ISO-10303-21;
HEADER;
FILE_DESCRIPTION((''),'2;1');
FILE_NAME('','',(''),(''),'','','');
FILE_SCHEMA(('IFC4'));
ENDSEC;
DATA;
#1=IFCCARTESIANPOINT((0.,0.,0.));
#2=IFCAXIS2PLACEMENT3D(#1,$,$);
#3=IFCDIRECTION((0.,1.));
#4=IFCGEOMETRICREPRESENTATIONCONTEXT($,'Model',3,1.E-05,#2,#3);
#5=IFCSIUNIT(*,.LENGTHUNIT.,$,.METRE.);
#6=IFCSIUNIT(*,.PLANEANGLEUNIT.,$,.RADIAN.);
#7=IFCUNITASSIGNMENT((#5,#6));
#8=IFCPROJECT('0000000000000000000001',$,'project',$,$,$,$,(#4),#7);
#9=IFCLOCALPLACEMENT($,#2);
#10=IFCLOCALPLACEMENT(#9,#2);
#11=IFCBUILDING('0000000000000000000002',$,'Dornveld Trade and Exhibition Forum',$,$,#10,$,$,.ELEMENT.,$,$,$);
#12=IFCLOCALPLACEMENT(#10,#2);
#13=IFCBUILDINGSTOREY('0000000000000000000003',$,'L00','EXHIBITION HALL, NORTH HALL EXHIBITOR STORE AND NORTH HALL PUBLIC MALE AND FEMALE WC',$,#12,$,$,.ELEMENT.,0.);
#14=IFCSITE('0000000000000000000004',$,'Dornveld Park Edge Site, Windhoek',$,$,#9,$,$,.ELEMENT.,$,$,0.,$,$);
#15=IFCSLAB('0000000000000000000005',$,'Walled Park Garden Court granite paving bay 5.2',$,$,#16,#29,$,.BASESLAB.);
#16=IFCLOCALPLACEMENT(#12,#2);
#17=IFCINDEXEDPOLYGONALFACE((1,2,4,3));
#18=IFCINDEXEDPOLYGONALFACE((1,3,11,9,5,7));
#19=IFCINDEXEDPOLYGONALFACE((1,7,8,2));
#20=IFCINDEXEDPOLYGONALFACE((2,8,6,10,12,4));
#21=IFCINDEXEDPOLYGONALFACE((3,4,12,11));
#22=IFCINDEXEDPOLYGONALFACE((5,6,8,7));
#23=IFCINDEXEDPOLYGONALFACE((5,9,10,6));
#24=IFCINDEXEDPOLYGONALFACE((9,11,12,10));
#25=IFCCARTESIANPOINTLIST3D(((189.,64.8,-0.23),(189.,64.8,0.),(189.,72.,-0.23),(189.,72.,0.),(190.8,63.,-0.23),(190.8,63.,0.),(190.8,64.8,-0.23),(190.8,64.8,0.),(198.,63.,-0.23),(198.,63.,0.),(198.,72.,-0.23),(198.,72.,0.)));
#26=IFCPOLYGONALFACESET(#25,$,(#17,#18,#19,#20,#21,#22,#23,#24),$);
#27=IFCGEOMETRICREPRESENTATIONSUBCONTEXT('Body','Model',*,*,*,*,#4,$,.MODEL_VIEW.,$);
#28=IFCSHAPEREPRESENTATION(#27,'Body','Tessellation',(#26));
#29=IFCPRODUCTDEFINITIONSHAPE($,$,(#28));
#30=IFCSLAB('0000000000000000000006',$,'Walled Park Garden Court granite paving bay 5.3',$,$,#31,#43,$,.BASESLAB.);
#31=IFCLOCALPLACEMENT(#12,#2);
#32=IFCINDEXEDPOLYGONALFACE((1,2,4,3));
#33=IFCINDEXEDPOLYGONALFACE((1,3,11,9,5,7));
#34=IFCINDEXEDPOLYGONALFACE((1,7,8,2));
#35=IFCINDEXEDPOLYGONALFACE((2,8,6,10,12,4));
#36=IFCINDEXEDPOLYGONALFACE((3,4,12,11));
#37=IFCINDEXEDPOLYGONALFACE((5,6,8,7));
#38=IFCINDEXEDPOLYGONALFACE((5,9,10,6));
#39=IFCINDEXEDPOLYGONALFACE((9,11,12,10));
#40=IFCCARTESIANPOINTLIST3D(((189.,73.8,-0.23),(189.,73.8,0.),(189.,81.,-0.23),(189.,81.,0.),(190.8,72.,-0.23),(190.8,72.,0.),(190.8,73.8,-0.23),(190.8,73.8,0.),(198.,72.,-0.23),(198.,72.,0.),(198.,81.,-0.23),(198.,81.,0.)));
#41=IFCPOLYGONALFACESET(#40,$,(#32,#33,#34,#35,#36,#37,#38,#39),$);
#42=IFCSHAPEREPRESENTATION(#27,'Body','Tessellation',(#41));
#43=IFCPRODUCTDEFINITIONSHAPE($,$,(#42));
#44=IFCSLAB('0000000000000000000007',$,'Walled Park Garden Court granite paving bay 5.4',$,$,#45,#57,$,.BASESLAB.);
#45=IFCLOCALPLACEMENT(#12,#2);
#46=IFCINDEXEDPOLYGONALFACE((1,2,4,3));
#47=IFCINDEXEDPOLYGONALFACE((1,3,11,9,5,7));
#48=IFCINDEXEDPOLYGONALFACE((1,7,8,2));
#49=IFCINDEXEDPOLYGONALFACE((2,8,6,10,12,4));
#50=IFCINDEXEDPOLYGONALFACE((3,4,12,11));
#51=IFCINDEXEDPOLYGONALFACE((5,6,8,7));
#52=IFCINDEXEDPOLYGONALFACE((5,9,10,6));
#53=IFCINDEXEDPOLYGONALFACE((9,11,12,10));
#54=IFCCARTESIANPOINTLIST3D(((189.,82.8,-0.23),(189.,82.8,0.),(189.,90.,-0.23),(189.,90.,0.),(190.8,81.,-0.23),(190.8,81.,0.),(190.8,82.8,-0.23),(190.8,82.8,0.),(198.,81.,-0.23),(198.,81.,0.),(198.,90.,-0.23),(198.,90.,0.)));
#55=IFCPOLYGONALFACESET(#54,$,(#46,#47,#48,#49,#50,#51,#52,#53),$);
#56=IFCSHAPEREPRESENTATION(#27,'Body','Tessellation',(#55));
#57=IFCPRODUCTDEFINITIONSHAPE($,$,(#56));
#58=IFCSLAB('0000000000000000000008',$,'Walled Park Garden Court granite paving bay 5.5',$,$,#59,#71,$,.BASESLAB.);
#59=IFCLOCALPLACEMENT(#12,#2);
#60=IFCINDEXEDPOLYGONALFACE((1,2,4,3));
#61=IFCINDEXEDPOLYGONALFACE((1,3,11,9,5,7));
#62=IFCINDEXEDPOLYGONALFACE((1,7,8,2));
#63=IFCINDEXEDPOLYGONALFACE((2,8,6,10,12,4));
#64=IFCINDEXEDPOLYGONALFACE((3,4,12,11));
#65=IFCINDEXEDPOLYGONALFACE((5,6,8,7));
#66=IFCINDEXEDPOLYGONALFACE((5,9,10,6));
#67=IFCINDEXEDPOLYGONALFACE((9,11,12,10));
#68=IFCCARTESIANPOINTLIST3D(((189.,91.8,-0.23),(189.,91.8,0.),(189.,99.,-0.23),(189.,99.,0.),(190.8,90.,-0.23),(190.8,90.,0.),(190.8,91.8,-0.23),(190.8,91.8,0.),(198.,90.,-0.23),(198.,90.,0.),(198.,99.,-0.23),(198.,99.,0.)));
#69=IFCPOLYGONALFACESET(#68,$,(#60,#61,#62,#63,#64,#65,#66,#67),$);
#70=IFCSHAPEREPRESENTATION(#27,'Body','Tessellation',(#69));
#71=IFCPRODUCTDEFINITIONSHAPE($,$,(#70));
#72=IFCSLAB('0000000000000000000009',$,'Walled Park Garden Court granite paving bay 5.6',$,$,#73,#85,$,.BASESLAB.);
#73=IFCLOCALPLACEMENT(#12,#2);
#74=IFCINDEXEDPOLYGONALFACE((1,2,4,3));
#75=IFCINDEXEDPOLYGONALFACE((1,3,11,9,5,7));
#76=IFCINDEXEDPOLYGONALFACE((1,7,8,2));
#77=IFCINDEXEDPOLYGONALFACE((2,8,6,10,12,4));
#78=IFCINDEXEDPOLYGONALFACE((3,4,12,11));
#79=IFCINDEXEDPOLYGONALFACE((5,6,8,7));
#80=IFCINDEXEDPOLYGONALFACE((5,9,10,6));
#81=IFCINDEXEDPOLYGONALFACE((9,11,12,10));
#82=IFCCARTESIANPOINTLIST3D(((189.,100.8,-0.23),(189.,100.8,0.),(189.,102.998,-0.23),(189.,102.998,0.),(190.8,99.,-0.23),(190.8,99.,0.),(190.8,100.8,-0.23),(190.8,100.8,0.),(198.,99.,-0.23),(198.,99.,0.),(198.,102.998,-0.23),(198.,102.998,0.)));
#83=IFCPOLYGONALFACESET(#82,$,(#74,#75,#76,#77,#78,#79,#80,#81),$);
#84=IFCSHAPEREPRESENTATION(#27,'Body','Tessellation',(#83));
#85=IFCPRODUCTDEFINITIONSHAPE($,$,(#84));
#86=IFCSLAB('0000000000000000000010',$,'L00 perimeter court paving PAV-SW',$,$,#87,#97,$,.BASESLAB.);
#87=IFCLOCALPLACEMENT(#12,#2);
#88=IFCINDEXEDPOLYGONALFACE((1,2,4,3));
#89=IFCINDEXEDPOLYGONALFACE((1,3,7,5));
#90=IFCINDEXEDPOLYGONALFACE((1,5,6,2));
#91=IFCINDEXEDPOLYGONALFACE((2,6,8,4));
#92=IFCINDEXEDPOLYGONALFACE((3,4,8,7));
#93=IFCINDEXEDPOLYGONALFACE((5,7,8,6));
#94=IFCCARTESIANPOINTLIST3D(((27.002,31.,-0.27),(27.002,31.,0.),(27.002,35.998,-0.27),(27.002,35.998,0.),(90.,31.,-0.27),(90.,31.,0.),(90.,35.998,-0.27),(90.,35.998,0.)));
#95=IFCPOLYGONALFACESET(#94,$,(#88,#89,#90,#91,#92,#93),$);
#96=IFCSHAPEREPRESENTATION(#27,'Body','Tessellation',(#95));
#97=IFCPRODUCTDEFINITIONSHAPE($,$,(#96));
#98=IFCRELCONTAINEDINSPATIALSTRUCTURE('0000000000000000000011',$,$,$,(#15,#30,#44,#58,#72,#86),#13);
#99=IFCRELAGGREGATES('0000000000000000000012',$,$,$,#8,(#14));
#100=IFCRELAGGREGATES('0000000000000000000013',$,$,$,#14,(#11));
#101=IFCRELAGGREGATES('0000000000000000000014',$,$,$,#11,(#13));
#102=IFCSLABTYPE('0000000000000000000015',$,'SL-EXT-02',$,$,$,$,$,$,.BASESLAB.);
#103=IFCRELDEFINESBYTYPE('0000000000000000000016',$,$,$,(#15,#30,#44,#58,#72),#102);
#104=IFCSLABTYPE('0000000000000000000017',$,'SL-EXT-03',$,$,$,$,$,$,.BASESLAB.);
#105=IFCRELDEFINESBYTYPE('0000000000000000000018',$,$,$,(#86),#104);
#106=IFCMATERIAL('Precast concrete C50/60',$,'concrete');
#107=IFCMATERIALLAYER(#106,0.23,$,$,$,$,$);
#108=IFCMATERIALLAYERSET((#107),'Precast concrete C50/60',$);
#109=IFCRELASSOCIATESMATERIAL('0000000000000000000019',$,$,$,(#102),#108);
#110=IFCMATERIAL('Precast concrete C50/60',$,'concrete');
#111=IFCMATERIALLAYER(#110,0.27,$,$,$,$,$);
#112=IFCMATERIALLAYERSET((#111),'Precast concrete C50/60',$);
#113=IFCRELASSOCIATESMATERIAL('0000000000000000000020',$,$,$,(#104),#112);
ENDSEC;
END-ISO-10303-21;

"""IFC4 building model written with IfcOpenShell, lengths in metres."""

from ifc_helpers import new_model, si_unit, direction, frame, origin, place, context, subcontext, project, spatial, polyline, outline, extrude, material, layer, layer_set, type_object, element, save


model = new_model("IFC4")

# Units and contexts
model_context = context("Model", 3, precision=1e-05, world=origin(), true_north=direction((0.0, 1.0)))
body_context = subcontext(model_context, "Body", "Model", "MODEL_VIEW")
ifc_project = project(units=[si_unit("LENGTHUNIT", "METRE"), si_unit("PLANEANGLEUNIT", "RADIAN")], contexts=[model_context])

# Site, building, storey
site_placement = place(None, origin())
site = spatial("IfcSite", under=ifc_project, at=site_placement, Name="Dornveld Park Edge Site, Windhoek", CompositionType="ELEMENT", RefElevation=0.0)
building_placement = place(site_placement, origin())
building = spatial("IfcBuilding", under=site, at=building_placement, Name="Dornveld Trade and Exhibition Forum", CompositionType="ELEMENT")
storey_placement = place(building_placement, origin())
storey = spatial("IfcBuildingStorey", under=building, at=storey_placement, Name="L00", Description="EXHIBITION HALL, NORTH HALL EXHIBITOR STORE AND NORTH HALL PUBLIC MALE AND FEMALE WC", CompositionType="ELEMENT", Elevation=0.0)

# Slabs
ifc_material_1 = material(Name="Precast concrete C50/60", Category="concrete")
ifc_layer_1 = layer(ifc_material_1, 0.23)
ifc_layer_set_1 = layer_set([ifc_layer_1], Name="Precast concrete C50/60")
slab_type_1 = type_object("IfcSlabType", Name="SL-EXT-02", PredefinedType="BASESLAB", material=ifc_layer_set_1)
slab_1_placement = place(storey_placement, frame((0.0, 0.0, -0.23)))
element("IfcSlab", 1, at=slab_1_placement, inside=storey, type_object=slab_type_1, Name="Walled Park Garden Court granite paving bay 5.2", PredefinedType="BASESLAB", context=body_context, shape_type="SweptSolid", body=[
    extrude(outline(polyline([(190.8, 63.0), (198.0, 63.0), (198.0, 72.0), (189.0, 72.0), (189.0, 64.8), (190.8, 64.8), (190.8, 63.0)])), origin(), (0.0, 0.0, 1.0), 0.23),
])
slab_2_placement = place(storey_placement, frame((0.0, 0.0, -0.23)))
element("IfcSlab", 2, at=slab_2_placement, inside=storey, type_object=slab_type_1, Name="Walled Park Garden Court granite paving bay 5.3", PredefinedType="BASESLAB", context=body_context, shape_type="SweptSolid", body=[
    extrude(outline(polyline([(190.8, 72.0), (198.0, 72.0), (198.0, 81.0), (189.0, 81.0), (189.0, 73.8), (190.8, 73.8), (190.8, 72.0)])), origin(), (0.0, 0.0, 1.0), 0.23),
])
slab_3_placement = place(storey_placement, frame((0.0, 0.0, -0.23)))
element("IfcSlab", 3, at=slab_3_placement, inside=storey, type_object=slab_type_1, Name="Walled Park Garden Court granite paving bay 5.4", PredefinedType="BASESLAB", context=body_context, shape_type="SweptSolid", body=[
    extrude(outline(polyline([(190.8, 81.0), (198.0, 81.0), (198.0, 90.0), (189.0, 90.0), (189.0, 82.8), (190.8, 82.8), (190.8, 81.0)])), origin(), (0.0, 0.0, 1.0), 0.23),
])
slab_4_placement = place(storey_placement, frame((0.0, 0.0, -0.23)))
element("IfcSlab", 4, at=slab_4_placement, inside=storey, type_object=slab_type_1, Name="Walled Park Garden Court granite paving bay 5.5", PredefinedType="BASESLAB", context=body_context, shape_type="SweptSolid", body=[
    extrude(outline(polyline([(190.8, 90.0), (198.0, 90.0), (198.0, 99.0), (189.0, 99.0), (189.0, 91.8), (190.8, 91.8), (190.8, 90.0)])), origin(), (0.0, 0.0, 1.0), 0.23),
])
slab_5_placement = place(storey_placement, frame((0.0, 0.0, -0.23)))
element("IfcSlab", 5, at=slab_5_placement, inside=storey, type_object=slab_type_1, Name="Walled Park Garden Court granite paving bay 5.6", PredefinedType="BASESLAB", context=body_context, shape_type="SweptSolid", body=[
    extrude(outline(polyline([(198.0, 99.0), (190.8, 99.0), (190.8, 100.8), (189.0, 100.8), (189.0, 102.998), (198.0, 102.998), (198.0, 99.0)])), origin(), (0.0, 0.0, 1.0), 0.23),
])
ifc_material_2 = material(Name="Precast concrete C50/60", Category="concrete")
ifc_layer_2 = layer(ifc_material_2, 0.27)
ifc_layer_set_2 = layer_set([ifc_layer_2], Name="Precast concrete C50/60")
slab_type_2 = type_object("IfcSlabType", Name="SL-EXT-03", PredefinedType="BASESLAB", material=ifc_layer_set_2)
slab_6_placement = place(storey_placement, frame((0.0, 0.0, -0.27)))
element("IfcSlab", 6, at=slab_6_placement, inside=storey, type_object=slab_type_2, Name="L00 perimeter court paving PAV-SW", PredefinedType="BASESLAB", context=body_context, shape_type="SweptSolid", body=[
    extrude(outline(polyline([(27.002, 31.0), (27.002, 35.998), (90.0, 35.998), (90.0, 31.0), (27.002, 31.0)])), origin(), (0.0, 0.0, 1.0), 0.27),
])

save(model, "model.ifc")
